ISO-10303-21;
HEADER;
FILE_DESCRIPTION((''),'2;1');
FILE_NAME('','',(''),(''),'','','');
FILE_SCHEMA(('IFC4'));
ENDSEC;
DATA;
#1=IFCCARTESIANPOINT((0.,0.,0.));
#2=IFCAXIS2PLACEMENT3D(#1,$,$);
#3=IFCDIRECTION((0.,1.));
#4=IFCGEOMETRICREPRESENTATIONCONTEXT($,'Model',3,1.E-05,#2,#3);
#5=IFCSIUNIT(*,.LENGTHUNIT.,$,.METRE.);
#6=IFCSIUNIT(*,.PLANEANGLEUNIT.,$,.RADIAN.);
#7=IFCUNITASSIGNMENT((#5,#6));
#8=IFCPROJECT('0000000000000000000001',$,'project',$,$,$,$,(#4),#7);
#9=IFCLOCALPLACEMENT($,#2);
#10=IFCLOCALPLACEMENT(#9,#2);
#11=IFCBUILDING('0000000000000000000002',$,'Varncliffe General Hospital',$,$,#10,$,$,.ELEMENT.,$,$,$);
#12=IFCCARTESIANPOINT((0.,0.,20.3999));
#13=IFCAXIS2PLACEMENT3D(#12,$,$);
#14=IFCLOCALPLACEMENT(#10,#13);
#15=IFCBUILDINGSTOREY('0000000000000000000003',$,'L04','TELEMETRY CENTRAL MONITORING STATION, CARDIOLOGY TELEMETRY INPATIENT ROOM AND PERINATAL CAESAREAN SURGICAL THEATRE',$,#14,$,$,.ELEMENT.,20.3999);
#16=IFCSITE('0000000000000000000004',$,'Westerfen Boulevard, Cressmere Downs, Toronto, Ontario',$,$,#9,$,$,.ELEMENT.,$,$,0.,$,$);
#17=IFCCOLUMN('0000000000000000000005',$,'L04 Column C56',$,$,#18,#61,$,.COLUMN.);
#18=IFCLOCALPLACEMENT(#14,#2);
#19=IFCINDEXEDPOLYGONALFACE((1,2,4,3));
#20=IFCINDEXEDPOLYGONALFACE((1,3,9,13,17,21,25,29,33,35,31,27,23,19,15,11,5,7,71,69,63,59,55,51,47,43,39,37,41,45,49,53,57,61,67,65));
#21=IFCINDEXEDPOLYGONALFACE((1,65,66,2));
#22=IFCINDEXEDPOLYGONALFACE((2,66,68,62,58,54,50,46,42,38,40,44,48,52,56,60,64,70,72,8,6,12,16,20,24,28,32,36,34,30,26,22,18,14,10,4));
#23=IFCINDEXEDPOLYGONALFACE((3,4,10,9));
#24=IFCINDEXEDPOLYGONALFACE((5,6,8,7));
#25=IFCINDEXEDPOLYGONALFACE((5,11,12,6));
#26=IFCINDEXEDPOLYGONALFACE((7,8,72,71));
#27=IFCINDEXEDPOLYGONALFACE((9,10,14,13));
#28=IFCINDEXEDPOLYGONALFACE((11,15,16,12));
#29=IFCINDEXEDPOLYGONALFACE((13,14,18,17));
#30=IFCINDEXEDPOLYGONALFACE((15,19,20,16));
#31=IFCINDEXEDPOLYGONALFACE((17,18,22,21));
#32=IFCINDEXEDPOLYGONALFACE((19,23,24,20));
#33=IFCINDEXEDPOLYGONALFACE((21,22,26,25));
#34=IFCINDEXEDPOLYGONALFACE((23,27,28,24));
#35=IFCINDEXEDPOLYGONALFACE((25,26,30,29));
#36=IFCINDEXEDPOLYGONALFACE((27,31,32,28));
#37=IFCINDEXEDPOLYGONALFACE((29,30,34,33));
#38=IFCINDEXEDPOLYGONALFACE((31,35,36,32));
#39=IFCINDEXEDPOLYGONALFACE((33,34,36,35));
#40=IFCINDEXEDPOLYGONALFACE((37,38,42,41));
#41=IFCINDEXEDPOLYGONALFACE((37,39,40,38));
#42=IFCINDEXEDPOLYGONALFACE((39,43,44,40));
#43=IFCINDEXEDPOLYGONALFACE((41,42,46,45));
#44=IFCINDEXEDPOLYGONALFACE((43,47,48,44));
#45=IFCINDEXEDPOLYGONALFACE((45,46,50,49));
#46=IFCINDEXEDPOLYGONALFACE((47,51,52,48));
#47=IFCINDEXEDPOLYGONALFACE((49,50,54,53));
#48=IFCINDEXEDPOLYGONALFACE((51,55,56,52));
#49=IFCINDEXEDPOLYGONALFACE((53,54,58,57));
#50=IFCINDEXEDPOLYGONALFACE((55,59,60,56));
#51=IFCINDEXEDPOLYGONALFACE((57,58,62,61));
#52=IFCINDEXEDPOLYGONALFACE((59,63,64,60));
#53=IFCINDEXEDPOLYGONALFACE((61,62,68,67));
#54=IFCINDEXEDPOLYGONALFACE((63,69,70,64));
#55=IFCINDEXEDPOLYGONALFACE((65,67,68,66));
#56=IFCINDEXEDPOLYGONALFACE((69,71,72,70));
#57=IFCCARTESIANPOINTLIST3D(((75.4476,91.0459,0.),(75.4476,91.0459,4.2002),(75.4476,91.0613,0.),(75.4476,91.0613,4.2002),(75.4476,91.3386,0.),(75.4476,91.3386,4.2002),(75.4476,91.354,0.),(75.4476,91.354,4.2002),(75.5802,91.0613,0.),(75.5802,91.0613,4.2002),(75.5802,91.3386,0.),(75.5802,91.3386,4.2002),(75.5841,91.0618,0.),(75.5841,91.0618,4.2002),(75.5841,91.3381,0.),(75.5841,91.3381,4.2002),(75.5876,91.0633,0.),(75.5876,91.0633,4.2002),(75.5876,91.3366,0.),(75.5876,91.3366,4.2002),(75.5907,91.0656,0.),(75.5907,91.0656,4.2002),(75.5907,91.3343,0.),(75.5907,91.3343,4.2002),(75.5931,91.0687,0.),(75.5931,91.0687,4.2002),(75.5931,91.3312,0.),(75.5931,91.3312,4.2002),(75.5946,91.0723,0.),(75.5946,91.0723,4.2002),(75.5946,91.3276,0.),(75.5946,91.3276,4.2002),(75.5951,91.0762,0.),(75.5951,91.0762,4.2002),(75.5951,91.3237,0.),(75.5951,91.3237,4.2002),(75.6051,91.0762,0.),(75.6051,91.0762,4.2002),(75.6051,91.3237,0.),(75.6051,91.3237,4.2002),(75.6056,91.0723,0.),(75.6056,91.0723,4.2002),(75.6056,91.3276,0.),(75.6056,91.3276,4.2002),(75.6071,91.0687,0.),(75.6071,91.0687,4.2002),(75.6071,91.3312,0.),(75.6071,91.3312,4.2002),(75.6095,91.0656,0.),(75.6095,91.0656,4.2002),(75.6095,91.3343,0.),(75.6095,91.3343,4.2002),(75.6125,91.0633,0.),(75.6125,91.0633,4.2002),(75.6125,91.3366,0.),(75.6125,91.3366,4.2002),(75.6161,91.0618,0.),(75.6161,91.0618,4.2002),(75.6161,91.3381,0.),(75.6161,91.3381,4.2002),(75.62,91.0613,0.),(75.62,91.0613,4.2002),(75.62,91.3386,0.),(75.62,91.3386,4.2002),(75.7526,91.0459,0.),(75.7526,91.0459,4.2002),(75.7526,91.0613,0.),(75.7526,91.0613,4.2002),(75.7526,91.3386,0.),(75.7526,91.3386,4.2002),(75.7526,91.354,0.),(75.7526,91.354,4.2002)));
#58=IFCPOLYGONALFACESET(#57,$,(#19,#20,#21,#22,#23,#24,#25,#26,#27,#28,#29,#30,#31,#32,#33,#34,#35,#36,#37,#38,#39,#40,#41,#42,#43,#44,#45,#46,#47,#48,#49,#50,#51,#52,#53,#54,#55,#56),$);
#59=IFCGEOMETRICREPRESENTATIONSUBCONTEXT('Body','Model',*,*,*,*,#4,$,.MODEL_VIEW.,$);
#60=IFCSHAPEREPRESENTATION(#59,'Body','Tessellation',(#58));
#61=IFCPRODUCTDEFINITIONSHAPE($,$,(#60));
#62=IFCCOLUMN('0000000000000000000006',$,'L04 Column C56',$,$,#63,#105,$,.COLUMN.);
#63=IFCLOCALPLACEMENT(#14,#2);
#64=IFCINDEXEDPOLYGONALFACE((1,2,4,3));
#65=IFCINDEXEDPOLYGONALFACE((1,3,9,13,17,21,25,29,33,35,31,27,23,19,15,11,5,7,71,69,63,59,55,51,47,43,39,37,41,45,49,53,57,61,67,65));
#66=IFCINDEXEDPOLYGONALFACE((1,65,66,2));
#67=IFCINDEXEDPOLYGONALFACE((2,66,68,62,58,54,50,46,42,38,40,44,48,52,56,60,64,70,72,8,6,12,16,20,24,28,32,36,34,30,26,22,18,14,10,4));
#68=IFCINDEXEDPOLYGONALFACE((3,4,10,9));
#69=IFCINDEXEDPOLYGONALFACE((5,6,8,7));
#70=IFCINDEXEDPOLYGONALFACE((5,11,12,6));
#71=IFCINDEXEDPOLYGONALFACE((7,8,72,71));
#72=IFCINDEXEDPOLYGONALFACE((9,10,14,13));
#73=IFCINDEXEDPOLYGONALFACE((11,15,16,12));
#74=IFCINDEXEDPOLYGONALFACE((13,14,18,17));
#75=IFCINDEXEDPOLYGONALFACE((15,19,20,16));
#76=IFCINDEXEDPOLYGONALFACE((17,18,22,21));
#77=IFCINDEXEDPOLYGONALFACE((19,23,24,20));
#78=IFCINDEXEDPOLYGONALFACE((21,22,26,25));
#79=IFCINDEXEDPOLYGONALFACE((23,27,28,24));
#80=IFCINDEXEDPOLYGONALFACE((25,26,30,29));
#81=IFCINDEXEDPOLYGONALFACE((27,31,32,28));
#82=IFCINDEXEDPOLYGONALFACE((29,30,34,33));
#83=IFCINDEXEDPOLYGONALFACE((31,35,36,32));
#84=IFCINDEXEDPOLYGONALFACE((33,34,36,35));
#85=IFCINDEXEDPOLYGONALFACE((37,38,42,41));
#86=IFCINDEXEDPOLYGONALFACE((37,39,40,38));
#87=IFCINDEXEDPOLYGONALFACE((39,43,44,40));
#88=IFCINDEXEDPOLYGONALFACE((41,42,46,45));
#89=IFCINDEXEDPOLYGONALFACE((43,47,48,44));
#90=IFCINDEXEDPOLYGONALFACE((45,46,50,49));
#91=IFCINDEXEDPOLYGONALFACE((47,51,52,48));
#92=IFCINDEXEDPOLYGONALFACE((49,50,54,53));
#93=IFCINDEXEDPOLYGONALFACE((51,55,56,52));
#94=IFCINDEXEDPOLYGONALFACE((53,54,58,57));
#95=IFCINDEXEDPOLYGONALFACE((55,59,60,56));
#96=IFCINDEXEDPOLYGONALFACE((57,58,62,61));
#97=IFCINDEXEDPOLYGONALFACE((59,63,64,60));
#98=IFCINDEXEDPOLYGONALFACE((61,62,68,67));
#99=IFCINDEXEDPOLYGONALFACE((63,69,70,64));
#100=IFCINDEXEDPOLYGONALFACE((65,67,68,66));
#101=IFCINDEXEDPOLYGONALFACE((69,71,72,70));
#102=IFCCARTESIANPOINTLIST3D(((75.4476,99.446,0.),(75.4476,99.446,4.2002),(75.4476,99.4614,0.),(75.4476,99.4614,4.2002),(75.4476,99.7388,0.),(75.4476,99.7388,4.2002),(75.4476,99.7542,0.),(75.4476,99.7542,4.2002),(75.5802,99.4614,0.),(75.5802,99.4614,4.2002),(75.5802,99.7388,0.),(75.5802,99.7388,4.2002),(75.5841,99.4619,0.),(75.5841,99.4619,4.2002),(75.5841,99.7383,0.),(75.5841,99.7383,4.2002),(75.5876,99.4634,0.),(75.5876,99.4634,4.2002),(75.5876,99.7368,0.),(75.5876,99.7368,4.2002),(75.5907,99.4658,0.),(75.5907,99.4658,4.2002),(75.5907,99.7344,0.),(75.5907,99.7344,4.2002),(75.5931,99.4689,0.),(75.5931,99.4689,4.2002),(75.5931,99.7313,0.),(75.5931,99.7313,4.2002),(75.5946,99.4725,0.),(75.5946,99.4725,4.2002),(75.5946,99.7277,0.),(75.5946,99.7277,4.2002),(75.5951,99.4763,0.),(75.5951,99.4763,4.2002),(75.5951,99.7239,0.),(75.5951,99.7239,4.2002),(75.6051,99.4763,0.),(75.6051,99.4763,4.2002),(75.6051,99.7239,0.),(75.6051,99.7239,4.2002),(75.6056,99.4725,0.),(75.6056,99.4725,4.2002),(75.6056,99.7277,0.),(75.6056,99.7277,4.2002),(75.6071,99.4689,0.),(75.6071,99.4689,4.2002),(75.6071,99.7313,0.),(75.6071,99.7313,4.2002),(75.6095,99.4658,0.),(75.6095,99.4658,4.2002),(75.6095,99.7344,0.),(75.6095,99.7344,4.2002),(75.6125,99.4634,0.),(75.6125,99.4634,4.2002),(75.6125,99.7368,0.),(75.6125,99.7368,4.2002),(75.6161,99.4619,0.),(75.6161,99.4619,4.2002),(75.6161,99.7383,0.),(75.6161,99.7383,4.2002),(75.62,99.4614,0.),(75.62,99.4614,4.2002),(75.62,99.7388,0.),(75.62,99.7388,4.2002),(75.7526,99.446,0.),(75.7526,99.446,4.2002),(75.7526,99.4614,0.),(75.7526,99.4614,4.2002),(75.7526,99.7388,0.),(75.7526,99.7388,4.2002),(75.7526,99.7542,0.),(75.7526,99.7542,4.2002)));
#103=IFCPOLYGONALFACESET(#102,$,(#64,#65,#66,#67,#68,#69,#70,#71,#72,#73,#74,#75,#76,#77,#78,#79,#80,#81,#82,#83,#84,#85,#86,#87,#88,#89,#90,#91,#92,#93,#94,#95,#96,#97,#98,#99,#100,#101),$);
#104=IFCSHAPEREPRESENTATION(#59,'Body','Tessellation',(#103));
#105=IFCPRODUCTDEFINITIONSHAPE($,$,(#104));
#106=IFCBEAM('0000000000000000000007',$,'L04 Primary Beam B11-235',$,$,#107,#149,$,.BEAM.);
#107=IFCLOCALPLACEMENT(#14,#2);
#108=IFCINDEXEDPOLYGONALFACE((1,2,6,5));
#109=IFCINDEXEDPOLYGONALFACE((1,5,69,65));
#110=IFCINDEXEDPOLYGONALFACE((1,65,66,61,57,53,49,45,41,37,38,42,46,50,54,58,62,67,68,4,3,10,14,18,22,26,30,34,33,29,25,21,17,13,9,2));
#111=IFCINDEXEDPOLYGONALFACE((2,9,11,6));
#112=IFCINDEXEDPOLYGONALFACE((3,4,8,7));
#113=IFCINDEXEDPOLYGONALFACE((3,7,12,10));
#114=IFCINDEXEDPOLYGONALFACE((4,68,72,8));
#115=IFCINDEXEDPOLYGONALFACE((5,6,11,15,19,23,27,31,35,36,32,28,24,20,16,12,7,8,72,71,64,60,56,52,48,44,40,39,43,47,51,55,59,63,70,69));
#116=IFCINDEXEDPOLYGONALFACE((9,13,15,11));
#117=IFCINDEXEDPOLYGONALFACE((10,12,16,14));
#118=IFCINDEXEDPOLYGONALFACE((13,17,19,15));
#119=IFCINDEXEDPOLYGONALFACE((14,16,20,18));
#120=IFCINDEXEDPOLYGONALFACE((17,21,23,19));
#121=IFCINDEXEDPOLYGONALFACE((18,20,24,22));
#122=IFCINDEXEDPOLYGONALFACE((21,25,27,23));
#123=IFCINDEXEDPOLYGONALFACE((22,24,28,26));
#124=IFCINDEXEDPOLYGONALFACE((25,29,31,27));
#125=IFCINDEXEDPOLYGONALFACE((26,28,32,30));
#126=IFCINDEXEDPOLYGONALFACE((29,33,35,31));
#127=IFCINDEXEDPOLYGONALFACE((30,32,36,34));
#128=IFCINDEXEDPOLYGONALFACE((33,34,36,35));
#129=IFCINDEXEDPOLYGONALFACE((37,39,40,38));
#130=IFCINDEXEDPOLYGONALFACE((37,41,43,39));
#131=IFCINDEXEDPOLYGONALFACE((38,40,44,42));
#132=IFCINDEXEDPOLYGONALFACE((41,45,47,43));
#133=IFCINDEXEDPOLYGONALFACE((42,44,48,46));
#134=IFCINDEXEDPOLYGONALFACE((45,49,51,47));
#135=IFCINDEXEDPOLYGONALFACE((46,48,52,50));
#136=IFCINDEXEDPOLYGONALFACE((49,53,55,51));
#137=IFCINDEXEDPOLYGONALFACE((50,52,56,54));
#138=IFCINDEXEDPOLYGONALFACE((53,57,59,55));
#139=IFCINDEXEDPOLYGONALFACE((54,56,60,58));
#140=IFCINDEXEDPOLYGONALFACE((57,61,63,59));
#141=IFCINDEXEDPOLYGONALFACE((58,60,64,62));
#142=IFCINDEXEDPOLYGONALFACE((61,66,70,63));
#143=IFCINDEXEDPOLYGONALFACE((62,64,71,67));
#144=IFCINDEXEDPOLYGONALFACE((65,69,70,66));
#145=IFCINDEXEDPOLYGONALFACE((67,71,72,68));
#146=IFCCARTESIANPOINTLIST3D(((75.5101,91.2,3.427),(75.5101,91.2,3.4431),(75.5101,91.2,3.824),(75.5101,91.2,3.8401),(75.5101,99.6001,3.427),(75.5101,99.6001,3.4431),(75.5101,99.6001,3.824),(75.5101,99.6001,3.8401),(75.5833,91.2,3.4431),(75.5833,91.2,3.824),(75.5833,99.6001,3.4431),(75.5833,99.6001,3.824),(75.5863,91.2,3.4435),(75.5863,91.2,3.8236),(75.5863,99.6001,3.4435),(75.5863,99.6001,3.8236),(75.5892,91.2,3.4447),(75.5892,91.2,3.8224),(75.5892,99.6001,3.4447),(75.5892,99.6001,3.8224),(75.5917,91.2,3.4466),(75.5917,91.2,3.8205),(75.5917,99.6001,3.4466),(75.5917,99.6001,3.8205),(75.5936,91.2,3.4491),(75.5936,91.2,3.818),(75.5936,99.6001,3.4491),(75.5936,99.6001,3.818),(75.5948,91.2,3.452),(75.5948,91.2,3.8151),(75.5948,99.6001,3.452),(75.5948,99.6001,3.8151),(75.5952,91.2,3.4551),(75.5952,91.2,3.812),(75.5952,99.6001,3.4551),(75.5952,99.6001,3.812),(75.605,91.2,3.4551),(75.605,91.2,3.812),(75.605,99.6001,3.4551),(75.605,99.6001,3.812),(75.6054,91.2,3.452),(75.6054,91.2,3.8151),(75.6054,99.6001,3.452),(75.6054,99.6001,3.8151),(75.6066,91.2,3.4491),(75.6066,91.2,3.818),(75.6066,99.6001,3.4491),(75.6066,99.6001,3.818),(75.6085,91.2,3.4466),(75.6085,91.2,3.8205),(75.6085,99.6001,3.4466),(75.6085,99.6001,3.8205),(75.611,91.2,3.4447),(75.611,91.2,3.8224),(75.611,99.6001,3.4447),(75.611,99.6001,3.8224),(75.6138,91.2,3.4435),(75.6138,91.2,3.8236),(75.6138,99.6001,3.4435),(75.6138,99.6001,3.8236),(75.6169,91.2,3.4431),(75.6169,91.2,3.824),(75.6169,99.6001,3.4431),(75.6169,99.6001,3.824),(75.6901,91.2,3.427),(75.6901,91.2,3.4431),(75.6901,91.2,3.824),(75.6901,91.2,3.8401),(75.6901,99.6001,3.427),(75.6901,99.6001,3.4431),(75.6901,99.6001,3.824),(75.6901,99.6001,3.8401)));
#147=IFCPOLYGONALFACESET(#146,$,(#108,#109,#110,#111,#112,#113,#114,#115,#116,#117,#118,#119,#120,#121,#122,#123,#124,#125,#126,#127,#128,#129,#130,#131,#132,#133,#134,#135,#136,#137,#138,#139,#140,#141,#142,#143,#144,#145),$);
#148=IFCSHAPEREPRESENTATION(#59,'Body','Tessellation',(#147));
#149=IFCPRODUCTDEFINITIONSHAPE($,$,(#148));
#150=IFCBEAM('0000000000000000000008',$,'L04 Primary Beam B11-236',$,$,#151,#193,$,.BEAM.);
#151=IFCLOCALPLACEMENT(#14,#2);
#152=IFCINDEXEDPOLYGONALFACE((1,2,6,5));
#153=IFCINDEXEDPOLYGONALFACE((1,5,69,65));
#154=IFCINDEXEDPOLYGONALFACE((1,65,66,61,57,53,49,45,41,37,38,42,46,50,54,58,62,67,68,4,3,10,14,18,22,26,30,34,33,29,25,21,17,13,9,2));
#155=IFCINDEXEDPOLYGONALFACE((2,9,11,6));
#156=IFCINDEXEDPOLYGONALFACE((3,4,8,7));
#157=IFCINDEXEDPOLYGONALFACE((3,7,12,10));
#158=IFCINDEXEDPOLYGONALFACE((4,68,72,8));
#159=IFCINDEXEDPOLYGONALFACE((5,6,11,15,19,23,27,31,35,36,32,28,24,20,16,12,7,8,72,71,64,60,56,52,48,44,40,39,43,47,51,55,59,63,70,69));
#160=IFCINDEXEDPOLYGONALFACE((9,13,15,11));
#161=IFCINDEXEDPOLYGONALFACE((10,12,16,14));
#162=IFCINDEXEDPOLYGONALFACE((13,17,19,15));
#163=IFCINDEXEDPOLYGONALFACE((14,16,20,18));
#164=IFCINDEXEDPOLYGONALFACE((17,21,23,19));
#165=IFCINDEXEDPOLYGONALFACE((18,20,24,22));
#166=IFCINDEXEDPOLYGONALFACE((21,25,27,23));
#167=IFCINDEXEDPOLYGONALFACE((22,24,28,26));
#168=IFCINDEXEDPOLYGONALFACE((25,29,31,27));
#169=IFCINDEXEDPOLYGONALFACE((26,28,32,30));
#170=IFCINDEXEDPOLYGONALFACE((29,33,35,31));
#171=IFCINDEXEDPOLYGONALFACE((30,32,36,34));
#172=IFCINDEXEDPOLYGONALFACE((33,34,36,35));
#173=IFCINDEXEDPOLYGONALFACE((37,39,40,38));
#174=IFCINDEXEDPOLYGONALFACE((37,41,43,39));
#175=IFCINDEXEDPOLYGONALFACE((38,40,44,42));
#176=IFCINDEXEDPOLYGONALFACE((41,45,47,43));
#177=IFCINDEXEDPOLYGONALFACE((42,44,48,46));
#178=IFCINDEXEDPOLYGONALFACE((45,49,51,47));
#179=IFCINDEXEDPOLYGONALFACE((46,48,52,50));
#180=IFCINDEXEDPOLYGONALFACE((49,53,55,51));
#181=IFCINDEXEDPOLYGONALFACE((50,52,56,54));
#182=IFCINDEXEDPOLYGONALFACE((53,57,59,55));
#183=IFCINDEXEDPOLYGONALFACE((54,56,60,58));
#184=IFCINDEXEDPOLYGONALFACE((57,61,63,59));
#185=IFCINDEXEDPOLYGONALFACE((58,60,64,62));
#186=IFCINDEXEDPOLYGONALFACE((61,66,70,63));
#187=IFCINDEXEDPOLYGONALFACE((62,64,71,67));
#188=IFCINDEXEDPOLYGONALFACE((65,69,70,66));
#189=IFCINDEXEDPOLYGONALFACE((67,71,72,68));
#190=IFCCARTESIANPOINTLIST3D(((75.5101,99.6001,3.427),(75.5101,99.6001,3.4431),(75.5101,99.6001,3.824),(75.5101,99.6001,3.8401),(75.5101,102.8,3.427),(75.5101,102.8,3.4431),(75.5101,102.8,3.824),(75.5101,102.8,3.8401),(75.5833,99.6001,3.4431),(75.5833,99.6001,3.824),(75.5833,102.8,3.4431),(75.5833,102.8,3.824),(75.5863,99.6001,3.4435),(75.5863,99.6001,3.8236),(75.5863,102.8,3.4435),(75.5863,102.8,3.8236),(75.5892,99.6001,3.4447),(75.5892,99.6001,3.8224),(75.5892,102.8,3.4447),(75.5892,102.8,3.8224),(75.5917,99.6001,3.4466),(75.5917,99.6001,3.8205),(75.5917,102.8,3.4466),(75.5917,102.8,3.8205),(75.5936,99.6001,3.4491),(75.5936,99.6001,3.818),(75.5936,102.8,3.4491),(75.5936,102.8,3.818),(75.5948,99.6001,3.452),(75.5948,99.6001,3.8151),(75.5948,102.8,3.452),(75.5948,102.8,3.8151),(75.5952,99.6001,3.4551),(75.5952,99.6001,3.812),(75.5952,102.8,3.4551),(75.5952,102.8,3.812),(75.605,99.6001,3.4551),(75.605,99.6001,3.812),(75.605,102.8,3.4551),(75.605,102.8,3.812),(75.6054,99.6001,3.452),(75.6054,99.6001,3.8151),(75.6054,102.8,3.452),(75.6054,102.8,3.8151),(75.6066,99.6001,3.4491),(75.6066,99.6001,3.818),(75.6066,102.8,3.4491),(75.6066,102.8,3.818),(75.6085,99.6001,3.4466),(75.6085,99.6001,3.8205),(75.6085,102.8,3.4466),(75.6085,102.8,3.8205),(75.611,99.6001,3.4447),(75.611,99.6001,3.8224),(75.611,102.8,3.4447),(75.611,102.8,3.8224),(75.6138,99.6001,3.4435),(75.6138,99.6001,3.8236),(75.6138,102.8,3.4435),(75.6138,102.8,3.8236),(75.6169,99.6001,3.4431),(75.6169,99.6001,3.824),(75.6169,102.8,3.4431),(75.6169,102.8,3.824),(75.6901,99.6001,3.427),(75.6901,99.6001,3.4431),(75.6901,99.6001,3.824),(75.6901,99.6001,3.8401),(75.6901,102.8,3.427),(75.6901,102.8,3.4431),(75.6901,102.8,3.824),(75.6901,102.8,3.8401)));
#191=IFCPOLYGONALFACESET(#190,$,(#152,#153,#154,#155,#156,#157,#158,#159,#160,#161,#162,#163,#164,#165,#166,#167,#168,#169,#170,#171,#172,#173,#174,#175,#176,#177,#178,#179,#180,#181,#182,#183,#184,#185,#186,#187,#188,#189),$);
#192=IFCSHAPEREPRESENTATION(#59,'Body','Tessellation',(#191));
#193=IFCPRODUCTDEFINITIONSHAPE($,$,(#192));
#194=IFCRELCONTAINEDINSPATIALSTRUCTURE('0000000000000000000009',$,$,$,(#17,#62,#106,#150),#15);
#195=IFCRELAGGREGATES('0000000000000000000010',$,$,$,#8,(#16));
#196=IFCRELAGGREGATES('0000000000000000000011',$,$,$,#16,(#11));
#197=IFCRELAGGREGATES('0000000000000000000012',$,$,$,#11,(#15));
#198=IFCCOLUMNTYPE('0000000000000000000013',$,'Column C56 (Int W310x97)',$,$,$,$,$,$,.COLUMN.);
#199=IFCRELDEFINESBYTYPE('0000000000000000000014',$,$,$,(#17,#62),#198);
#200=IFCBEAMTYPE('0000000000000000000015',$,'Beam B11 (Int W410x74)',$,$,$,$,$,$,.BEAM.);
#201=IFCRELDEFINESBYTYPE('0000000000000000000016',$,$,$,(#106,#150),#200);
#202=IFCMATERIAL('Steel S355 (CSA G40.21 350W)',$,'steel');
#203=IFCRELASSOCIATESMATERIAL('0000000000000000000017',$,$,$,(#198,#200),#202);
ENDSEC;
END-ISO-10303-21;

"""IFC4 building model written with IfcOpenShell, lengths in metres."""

from ifc_helpers import new_model, si_unit, direction, frame, origin, origin_2d, place, context, subcontext, project, spatial, i_section, extrude, material, material_profile, profile_set, type_object, element, save


model = new_model("IFC4")

# Units and contexts
model_context = context("Model", 3, precision=1e-05, world=origin(), true_north=direction((0.0, 1.0)))
body_context = subcontext(model_context, "Body", "Model", "MODEL_VIEW")
ifc_project = project(units=[si_unit("LENGTHUNIT", "METRE"), si_unit("PLANEANGLEUNIT", "RADIAN")], contexts=[model_context])

# Site, building, storey
site_placement = place(None, origin())
site = spatial("IfcSite", under=ifc_project, at=site_placement, Name="Westerfen Boulevard, Cressmere Downs, Toronto, Ontario", CompositionType="ELEMENT", RefElevation=0.0)
building_placement = place(site_placement, origin())
building = spatial("IfcBuilding", under=site, at=building_placement, Name="Varncliffe General Hospital", CompositionType="ELEMENT")
storey_placement = place(building_placement, frame((0.0, 0.0, 20.3999)))
storey = spatial("IfcBuildingStorey", under=building, at=storey_placement, Name="L04", Description="TELEMETRY CENTRAL MONITORING STATION, CARDIOLOGY TELEMETRY INPATIENT ROOM AND PERINATAL CAESAREAN SURGICAL THEATRE", CompositionType="ELEMENT", Elevation=20.3999)

# Columns
ifc_material_1 = material(Name="Steel S355 (CSA G40.21 350W)", Category="steel")
ifc_material_profile_1 = material_profile(ifc_material_1, i_section(OverallWidth=0.3049, OverallDepth=0.3081, WebThickness=0.01, FlangeThickness=0.0154, FilletRadius=0.0149, at=origin_2d()), Name="W310x97")
ifc_profile_set_1 = profile_set([ifc_material_profile_1], Name="Steel S355 (CSA G40.21 350W)")
column_type = type_object("IfcColumnType", Name="Column C56 (Int W310x97)", PredefinedType="COLUMN", material=ifc_profile_set_1)
for number, where, z_axis, x_axis, name in (
    (1, (75.6001, 91.2, 0.0), (0.0, 0.0, 1.0), (1.0, 0.0, 0.0), "L04 Column C56"),
    (2, (75.6001, 99.6001, 0.0), (0.0, 0.0, 1.0), (1.0, 0.0, 0.0), "L04 Column C56"),
):
    element("IfcColumn", number, at=place(storey_placement, frame(where, z_axis=z_axis, x_axis=x_axis)), inside=storey, type_object=column_type, Name=name, PredefinedType="COLUMN", context=body_context, shape_type="SweptSolid", body=[
        extrude(i_section(OverallWidth=0.3049, OverallDepth=0.3081, WebThickness=0.01, FlangeThickness=0.0154, FilletRadius=0.0149, at=origin_2d()), origin(), (0.0, 0.0, 1.0), 4.2002),
    ])

# Beams
ifc_material_profile_2 = material_profile(ifc_material_1, i_section(OverallWidth=0.1799, OverallDepth=0.4131, WebThickness=0.0098, FlangeThickness=0.0161, FilletRadius=0.012, at=origin_2d()), Name="W410x74")
ifc_profile_set_2 = profile_set([ifc_material_profile_2], Name="Steel S355 (CSA G40.21 350W)")
beam_type_1 = type_object("IfcBeamType", Name="Beam B11 (Int W410x74)", PredefinedType="BEAM", material=ifc_profile_set_2)
beam_1_placement = place(storey_placement, frame((75.6001, 91.2, 3.6335), z_axis=(0.0, 1.0, 0.0), x_axis=(-1.0, 0.0, 0.0)))
element("IfcBeam", 3, at=beam_1_placement, inside=storey, type_object=beam_type_1, Name="L04 Primary Beam B11-235", PredefinedType="BEAM", context=body_context, shape_type="SweptSolid", body=[
    extrude(i_section(OverallWidth=0.1799, OverallDepth=0.4131, WebThickness=0.0098, FlangeThickness=0.0161, FilletRadius=0.012, at=origin_2d()), origin(), (0.0, 0.0, 1.0), 8.4001),
])
beam_2_placement = place(storey_placement, frame((75.6001, 99.6001, 3.6335), z_axis=(0.0, 1.0, 0.0), x_axis=(-1.0, 0.0, 0.0)))
element("IfcBeam", 4, at=beam_2_placement, inside=storey, type_object=beam_type_1, Name="L04 Primary Beam B11-236", PredefinedType="BEAM", context=body_context, shape_type="SweptSolid", body=[
    extrude(i_section(OverallWidth=0.1799, OverallDepth=0.4131, WebThickness=0.0098, FlangeThickness=0.0161, FilletRadius=0.012, at=origin_2d()), origin(), (0.0, 0.0, 1.0), 3.2),
])

save(model, "model.ifc")
